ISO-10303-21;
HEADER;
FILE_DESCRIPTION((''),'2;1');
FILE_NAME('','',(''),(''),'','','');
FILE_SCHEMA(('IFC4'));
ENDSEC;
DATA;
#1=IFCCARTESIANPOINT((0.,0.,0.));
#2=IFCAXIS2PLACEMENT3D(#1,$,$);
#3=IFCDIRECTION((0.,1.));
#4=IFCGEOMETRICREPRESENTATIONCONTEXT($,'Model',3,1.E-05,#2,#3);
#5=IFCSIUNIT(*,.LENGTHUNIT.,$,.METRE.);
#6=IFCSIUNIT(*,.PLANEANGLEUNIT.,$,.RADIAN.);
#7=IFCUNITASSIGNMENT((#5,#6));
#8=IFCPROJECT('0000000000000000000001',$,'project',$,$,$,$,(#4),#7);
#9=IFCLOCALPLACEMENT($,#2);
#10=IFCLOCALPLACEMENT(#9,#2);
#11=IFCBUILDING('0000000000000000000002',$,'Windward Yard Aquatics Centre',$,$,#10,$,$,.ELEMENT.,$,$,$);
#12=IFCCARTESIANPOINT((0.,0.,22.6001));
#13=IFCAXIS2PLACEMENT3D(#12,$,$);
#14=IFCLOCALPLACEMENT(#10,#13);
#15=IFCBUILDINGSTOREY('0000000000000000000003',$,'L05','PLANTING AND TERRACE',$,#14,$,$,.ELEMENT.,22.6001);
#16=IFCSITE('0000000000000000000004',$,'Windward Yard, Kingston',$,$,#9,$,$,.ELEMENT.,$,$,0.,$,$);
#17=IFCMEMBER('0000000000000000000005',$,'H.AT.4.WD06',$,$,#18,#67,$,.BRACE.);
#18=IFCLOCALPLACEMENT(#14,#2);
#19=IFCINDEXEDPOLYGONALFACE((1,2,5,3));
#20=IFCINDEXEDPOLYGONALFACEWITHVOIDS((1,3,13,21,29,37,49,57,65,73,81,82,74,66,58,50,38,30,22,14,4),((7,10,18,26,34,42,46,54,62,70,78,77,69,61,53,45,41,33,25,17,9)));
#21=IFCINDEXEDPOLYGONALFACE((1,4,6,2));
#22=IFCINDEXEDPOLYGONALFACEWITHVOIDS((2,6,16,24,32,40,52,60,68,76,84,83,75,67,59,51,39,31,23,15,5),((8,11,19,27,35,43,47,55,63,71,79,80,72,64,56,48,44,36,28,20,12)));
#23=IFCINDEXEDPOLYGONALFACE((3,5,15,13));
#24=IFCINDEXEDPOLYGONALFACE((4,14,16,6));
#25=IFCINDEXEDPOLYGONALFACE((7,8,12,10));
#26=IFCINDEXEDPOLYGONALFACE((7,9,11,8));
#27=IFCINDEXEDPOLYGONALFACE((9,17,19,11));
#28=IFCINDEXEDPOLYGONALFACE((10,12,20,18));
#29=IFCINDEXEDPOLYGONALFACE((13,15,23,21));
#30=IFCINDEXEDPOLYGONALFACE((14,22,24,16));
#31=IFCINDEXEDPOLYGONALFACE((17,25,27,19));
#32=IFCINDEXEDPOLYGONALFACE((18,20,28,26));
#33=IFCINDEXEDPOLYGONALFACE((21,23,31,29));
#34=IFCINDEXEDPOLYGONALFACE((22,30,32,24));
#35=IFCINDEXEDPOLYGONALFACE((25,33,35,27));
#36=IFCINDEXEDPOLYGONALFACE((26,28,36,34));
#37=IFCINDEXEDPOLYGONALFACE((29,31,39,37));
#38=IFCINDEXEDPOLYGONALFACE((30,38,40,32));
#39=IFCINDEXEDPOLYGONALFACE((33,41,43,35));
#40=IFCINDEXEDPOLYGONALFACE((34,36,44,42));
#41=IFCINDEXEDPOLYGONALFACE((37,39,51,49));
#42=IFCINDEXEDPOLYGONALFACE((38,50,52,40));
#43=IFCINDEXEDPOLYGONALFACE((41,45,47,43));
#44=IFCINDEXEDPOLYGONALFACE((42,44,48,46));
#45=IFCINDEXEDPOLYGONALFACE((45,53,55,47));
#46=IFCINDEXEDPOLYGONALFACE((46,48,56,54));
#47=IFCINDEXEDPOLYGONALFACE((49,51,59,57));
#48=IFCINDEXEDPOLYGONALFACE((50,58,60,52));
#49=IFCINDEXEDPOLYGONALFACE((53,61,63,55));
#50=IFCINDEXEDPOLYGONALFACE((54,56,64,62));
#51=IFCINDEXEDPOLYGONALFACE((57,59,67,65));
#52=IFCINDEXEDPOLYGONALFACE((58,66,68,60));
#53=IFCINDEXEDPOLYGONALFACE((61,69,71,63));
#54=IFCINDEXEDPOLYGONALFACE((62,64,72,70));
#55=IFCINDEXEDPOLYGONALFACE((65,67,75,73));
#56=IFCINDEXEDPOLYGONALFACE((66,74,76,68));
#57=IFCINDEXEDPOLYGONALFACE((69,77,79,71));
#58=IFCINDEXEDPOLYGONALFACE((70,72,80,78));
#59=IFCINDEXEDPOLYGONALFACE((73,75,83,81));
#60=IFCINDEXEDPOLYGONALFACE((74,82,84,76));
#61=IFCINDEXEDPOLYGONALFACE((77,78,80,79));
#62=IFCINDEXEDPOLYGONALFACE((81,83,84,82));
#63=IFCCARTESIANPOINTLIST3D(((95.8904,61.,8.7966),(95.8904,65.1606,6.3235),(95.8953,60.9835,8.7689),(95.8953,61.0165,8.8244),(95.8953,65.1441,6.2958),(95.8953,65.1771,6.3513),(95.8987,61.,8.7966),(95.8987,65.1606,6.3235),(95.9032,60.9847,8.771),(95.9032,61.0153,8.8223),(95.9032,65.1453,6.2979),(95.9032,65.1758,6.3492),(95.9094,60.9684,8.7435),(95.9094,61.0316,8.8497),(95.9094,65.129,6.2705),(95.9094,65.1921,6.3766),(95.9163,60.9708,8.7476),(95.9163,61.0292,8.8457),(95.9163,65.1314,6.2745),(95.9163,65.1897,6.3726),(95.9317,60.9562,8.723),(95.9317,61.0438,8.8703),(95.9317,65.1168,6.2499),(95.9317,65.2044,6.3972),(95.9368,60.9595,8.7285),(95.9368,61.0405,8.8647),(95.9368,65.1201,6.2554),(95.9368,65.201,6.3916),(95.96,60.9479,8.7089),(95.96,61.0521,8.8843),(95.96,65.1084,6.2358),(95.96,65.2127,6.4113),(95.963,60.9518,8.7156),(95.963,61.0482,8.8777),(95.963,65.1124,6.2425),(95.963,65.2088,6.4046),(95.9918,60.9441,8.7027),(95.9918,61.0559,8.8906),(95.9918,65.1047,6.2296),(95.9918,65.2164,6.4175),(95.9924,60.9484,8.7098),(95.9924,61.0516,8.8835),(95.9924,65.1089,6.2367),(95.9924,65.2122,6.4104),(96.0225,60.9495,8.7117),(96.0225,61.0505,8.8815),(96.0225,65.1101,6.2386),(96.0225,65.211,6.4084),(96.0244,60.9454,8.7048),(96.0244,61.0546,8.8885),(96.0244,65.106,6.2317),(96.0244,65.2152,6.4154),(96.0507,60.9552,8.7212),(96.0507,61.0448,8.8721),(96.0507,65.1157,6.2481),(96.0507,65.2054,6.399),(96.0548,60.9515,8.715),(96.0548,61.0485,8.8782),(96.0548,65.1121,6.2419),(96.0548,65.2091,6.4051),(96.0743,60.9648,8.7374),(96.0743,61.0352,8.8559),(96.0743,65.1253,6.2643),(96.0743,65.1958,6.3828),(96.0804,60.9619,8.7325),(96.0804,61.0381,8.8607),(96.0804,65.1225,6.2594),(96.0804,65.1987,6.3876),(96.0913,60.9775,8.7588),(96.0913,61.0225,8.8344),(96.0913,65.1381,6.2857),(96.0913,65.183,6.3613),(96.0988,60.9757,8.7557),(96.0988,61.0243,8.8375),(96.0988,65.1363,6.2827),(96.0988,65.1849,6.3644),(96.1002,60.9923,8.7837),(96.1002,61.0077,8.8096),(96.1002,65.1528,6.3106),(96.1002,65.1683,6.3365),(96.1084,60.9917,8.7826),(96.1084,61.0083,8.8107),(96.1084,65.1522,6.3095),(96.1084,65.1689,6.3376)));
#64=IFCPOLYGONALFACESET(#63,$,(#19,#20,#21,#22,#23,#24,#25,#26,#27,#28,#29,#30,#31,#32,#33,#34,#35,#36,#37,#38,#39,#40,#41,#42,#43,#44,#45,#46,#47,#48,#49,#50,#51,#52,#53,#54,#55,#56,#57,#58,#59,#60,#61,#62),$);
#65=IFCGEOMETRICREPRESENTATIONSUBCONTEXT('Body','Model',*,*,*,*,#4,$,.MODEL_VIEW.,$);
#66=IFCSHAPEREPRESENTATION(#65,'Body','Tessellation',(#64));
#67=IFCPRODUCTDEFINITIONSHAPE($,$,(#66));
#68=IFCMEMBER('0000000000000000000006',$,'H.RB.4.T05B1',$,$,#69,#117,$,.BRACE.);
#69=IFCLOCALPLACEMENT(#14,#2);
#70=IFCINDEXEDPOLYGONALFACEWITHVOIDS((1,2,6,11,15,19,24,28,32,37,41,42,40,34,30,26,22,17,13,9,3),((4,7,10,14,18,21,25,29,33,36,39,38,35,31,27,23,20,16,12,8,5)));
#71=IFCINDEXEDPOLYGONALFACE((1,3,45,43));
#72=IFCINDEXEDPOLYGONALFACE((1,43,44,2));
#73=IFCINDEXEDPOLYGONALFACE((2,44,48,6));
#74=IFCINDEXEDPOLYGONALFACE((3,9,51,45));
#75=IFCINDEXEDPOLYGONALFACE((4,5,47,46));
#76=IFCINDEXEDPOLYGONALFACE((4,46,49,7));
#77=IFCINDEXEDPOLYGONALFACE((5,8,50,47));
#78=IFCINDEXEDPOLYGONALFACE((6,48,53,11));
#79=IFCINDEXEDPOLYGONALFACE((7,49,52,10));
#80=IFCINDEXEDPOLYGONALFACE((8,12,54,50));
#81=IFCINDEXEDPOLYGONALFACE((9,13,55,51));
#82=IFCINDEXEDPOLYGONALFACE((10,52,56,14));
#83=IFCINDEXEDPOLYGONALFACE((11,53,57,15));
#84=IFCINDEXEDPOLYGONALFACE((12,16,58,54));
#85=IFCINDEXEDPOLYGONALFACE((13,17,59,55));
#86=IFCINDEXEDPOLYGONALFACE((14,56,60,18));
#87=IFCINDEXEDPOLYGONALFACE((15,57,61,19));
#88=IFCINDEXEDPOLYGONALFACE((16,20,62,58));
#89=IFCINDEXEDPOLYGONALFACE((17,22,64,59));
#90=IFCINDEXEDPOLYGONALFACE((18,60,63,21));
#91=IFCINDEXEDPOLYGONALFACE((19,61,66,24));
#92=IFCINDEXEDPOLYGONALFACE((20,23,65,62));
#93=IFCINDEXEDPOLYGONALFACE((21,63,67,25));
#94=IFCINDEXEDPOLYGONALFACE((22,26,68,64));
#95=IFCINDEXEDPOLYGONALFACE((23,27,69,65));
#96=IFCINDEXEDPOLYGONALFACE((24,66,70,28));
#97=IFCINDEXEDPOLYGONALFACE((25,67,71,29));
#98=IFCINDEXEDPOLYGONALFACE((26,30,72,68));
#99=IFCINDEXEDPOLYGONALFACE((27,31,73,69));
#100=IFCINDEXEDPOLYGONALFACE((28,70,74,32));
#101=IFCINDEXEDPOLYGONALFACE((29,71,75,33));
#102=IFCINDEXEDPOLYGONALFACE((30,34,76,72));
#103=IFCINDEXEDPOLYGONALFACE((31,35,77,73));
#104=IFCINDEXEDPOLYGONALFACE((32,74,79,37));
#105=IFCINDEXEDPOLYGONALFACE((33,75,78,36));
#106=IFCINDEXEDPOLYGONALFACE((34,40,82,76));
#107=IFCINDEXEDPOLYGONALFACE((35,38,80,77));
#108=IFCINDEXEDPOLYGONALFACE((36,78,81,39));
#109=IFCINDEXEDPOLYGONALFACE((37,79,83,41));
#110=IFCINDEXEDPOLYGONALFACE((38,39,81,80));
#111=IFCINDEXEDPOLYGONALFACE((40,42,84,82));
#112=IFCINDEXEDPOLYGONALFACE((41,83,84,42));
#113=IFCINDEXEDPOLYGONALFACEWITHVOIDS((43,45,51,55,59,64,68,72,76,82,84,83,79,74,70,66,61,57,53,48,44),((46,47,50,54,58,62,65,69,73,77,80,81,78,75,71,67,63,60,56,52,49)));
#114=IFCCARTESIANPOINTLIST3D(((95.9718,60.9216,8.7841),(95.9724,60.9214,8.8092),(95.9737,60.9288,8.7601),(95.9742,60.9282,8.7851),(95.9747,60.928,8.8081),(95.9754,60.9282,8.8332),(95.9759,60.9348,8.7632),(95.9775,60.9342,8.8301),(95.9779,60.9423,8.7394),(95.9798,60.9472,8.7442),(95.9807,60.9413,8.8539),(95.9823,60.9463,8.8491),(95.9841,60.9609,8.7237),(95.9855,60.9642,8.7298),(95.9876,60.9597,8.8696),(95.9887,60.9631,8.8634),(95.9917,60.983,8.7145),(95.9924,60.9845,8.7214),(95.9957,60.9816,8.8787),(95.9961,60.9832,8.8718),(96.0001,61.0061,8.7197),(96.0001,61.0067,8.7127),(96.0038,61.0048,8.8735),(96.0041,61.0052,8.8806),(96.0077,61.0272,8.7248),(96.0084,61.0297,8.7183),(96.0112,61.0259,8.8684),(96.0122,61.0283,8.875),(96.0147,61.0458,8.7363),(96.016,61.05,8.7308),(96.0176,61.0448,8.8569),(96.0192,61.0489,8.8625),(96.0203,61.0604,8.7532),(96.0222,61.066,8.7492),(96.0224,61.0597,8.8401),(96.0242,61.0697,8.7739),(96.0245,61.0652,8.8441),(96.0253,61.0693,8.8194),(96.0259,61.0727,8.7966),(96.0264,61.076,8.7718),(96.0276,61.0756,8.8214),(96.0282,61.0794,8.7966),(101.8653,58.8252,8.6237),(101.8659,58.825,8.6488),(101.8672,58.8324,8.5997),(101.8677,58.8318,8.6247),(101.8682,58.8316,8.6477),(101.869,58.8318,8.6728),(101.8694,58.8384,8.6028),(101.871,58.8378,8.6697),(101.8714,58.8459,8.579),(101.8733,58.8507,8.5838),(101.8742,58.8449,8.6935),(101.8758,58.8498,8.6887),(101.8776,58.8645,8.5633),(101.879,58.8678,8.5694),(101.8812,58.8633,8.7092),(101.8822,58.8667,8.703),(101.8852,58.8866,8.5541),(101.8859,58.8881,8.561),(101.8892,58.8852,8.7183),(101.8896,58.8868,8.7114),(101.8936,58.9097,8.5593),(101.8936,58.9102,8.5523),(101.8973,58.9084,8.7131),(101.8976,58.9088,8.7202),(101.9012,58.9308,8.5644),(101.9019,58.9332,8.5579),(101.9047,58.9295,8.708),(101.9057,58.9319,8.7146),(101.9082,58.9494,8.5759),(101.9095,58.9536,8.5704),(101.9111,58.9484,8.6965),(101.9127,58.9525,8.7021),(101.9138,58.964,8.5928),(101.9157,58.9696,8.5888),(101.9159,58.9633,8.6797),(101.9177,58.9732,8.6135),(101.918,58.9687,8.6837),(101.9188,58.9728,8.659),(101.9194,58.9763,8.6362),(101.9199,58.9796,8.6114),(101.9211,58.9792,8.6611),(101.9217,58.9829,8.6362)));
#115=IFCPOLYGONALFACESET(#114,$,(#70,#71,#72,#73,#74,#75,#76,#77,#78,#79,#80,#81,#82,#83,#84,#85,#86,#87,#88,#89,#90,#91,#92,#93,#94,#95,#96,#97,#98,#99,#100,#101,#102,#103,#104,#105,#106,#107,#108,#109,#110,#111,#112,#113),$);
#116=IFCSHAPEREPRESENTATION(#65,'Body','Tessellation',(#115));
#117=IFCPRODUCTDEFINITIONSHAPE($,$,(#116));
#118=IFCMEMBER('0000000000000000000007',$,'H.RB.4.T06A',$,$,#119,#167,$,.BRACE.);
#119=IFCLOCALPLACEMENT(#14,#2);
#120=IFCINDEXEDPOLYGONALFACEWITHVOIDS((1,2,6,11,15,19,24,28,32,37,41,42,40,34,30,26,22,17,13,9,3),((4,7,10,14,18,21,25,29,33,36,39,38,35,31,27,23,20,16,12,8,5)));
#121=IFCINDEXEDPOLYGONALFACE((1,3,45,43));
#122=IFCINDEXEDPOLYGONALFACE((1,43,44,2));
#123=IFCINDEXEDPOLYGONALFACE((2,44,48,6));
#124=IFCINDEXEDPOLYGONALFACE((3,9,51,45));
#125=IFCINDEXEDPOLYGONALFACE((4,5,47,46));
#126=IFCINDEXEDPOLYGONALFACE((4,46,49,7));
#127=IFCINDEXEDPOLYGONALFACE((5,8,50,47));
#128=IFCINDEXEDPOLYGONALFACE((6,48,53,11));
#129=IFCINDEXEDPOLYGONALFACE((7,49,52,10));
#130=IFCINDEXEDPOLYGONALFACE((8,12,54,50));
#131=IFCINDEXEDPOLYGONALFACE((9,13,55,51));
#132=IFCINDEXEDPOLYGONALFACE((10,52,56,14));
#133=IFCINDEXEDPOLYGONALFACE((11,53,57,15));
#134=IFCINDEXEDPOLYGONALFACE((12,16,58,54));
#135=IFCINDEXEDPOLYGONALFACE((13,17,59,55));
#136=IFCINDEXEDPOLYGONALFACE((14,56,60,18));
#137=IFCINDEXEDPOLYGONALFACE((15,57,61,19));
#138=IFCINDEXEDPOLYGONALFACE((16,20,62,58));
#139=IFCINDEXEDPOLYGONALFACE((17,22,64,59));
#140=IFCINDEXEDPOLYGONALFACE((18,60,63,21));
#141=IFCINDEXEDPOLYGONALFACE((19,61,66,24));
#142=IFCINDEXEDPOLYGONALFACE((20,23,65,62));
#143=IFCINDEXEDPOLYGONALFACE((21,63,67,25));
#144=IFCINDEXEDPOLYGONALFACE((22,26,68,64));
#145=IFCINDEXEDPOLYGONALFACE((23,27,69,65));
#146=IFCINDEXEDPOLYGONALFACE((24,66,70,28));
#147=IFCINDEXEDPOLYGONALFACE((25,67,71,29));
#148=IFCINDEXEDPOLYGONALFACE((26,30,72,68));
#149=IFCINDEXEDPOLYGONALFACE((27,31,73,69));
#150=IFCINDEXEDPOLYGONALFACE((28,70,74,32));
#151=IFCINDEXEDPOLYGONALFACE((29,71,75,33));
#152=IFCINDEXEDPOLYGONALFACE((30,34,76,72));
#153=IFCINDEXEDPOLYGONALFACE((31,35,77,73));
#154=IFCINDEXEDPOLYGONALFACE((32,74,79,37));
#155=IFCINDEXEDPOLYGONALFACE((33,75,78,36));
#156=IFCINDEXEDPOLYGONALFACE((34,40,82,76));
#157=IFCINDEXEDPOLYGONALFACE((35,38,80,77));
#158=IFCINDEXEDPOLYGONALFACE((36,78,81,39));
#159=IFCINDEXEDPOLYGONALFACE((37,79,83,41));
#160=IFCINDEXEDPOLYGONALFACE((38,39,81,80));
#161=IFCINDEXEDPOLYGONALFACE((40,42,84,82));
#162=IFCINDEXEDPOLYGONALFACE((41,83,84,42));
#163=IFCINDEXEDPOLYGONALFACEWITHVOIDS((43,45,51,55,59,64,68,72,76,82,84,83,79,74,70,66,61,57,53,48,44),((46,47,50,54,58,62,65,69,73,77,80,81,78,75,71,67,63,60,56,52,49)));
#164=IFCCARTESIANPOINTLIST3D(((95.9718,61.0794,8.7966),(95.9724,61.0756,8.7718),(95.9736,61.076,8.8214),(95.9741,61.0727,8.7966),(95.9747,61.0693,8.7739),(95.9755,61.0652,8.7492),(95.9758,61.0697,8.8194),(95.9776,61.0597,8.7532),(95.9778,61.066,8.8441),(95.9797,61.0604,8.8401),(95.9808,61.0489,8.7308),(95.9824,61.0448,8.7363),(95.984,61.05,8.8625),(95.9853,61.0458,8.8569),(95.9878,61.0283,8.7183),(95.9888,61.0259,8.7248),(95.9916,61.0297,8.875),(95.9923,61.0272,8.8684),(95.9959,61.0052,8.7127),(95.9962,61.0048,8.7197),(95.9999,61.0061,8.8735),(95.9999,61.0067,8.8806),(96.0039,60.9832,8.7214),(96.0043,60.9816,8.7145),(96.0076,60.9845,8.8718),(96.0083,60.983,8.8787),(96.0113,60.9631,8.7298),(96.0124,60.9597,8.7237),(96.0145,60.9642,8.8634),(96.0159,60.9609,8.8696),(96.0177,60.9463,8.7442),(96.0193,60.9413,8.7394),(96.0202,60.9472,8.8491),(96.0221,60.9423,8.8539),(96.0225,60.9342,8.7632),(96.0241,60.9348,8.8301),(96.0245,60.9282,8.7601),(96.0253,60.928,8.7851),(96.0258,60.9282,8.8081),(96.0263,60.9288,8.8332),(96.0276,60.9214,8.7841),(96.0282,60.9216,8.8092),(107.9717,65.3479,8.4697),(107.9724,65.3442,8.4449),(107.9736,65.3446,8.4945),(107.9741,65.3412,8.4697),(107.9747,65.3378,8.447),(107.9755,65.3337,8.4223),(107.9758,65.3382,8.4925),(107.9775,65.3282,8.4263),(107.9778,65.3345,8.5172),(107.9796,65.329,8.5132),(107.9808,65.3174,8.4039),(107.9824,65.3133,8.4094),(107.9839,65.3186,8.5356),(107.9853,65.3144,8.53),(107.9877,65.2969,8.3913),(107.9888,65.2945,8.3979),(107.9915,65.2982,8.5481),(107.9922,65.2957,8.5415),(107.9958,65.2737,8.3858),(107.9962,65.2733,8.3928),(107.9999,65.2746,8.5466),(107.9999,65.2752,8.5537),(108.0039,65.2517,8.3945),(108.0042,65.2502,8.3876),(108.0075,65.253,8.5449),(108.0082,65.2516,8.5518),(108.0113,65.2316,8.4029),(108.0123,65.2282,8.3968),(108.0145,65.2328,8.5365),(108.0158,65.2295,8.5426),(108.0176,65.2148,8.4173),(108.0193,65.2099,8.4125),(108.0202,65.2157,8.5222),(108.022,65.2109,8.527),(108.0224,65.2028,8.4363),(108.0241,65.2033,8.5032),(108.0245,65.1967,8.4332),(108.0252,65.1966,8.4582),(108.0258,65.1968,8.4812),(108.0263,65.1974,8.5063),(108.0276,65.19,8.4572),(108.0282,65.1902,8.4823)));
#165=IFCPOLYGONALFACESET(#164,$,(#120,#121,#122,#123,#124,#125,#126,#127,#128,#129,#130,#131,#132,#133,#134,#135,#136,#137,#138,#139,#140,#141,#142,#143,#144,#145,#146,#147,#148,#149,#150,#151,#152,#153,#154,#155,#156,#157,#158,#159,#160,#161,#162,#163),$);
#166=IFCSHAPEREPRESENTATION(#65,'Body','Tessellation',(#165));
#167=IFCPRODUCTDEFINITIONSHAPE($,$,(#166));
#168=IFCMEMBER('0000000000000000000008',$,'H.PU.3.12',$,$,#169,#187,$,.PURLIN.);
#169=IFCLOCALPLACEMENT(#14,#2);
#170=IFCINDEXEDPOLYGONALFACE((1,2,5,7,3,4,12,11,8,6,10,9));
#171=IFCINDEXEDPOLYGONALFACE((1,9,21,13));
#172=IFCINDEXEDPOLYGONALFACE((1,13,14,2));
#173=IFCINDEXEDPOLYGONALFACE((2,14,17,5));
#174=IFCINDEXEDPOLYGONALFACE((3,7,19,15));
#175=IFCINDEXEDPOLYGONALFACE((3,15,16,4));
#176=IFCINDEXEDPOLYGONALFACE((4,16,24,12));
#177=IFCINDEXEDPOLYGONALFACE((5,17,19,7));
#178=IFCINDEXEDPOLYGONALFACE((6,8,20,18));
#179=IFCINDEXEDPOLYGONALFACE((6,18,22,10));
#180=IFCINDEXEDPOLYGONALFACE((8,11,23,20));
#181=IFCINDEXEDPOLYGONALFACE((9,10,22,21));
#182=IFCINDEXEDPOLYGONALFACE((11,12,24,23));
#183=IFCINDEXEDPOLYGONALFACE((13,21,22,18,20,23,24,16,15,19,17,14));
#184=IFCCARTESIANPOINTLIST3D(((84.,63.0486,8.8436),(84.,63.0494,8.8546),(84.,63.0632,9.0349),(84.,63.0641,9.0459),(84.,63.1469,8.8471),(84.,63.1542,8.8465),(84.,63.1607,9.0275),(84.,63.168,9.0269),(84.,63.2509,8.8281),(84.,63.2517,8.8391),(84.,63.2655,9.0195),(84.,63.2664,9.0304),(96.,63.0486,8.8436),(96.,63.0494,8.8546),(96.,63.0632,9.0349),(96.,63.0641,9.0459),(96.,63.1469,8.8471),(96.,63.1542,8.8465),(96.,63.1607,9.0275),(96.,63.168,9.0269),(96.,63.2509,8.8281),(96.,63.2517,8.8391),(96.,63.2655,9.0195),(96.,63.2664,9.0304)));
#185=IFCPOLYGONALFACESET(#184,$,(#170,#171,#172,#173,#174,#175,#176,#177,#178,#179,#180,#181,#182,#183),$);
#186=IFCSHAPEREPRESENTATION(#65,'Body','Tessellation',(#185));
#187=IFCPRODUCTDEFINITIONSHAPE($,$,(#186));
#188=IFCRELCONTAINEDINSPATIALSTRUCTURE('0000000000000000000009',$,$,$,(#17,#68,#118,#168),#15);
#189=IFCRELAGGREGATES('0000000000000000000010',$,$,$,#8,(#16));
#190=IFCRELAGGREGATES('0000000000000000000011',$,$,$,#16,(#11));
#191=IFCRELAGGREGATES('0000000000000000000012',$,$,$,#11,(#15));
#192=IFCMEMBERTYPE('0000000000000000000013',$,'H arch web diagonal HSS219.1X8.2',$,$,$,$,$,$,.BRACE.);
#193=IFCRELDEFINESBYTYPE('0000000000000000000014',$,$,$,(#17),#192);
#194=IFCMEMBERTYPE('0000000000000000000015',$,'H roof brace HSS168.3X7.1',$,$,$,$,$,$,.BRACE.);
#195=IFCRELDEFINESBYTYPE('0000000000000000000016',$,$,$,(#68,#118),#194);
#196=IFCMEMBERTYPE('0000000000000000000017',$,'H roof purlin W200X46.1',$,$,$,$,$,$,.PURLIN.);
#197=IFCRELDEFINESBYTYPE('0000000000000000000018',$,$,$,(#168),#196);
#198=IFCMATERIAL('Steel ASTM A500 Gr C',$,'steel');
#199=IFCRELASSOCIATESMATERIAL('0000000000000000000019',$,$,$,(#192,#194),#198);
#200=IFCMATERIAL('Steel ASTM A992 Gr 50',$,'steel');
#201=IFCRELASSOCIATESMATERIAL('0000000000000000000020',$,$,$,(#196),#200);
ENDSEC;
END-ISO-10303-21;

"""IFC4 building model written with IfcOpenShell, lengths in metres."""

from ifc_helpers import new_model, si_unit, direction, frame, origin, origin_2d, place, context, subcontext, project, spatial, hollow_circle, i_section, extrude, material, material_profile, profile_set, type_object, element, save


model = new_model("IFC4")

# Units and contexts
model_context = context("Model", 3, precision=1e-05, world=origin(), true_north=direction((0.0, 1.0)))
body_context = subcontext(model_context, "Body", "Model", "MODEL_VIEW")
ifc_project = project(units=[si_unit("LENGTHUNIT", "METRE"), si_unit("PLANEANGLEUNIT", "RADIAN")], contexts=[model_context])

# Site, building, storey
site_placement = place(None, origin())
site = spatial("IfcSite", under=ifc_project, at=site_placement, Name="Windward Yard, Kingston", CompositionType="ELEMENT", RefElevation=0.0)
building_placement = place(site_placement, origin())
building = spatial("IfcBuilding", under=site, at=building_placement, Name="Windward Yard Aquatics Centre", CompositionType="ELEMENT")
storey_placement = place(building_placement, frame((0.0, 0.0, 22.6001)))
storey = spatial("IfcBuildingStorey", under=building, at=storey_placement, Name="L05", Description="PLANTING AND TERRACE", CompositionType="ELEMENT", Elevation=22.6001)

# Members
ifc_material_1 = material(Name="Steel ASTM A500 Gr C", Category="steel")
ifc_material_profile_1 = material_profile(ifc_material_1, hollow_circle(Radius=0.1096, WallThickness=0.0083, at=origin_2d()), Name="HSS219.1X8.2")
ifc_profile_set_1 = profile_set([ifc_material_profile_1], Name="Steel ASTM A500 Gr C")
member_type_1 = type_object("IfcMemberType", Name="H arch web diagonal HSS219.1X8.2", PredefinedType="BRACE", material=ifc_profile_set_1)
for number, where, z_axis, x_axis, name in (
    (1, (96.0, 61.0, 8.7966), (0.0, 0.859604, -0.510961), (-1.0, 0.0, 0.0), "H.AT.4.WD06"),
):
    element("IfcMember", number, at=place(storey_placement, frame(where, z_axis=z_axis, x_axis=x_axis)), inside=storey, type_object=member_type_1, Name=name, PredefinedType="BRACE", context=body_context, shape_type="SweptSolid", body=[
        extrude(hollow_circle(Radius=0.1096, WallThickness=0.0083, at=origin_2d()), origin(), (0.0, 0.0, 1.0), 4.8401),
    ])
ifc_material_profile_2 = material_profile(ifc_material_1, hollow_circle(Radius=0.0842, WallThickness=0.0071, at=origin_2d()), Name="HSS168.3X7.1")
ifc_profile_set_2 = profile_set([ifc_material_profile_2], Name="Steel ASTM A500 Gr C")
member_type_2 = type_object("IfcMemberType", Name="H roof brace HSS168.3X7.1", PredefinedType="BRACE", material=ifc_profile_set_2)
member_1_placement = place(storey_placement, frame((96.0, 61.0, 8.7966), z_axis=(0.941857, -0.335034, -0.025634), x_axis=(0.335144, 0.942167, 0.0)))
element("IfcMember", 2, at=member_1_placement, inside=storey, type_object=member_type_2, Name="H.RB.4.T05B1", PredefinedType="BRACE", context=body_context, shape_type="SweptSolid", body=[
    extrude(hollow_circle(Radius=0.0842, WallThickness=0.0071, at=origin_2d()), origin(), (0.0, 0.0, 1.0), 6.2573),
])
member_2_placement = place(storey_placement, frame((96.0, 61.0, 8.7966), z_axis=(0.941858, 0.335031, -0.025658), x_axis=(-0.335141, 0.942168, 0.0)))
element("IfcMember", 3, at=member_2_placement, inside=storey, type_object=member_type_2, Name="H.RB.4.T06A", PredefinedType="BRACE", context=body_context, shape_type="SweptSolid", body=[
    extrude(hollow_circle(Radius=0.0842, WallThickness=0.0071, at=origin_2d()), origin(), (0.0, 0.0, 1.0), 12.7407),
])
ifc_material_2 = material(Name="Steel ASTM A992 Gr 50", Category="steel")
ifc_material_profile_3 = material_profile(ifc_material_2, i_section(OverallWidth=0.2029, OverallDepth=0.2029, WebThickness=0.0073, FlangeThickness=0.011, at=origin_2d()), Name="W200X46.1")
ifc_profile_set_3 = profile_set([ifc_material_profile_3], Name="Steel ASTM A992 Gr 50")
member_type_3 = type_object("IfcMemberType", Name="H roof purlin W200X46.1", PredefinedType="PURLIN", material=ifc_profile_set_3)
for number, where, z_axis, x_axis, name in (
    (4, (84.0, 63.1575, 8.937), (1.0, 0.0, 0.0), (0.0, 0.997081, -0.076354), "H.PU.3.12"),
):
    element("IfcMember", number, at=place(storey_placement, frame(where, z_axis=z_axis, x_axis=x_axis)), inside=storey, type_object=member_type_3, Name=name, PredefinedType="PURLIN", context=body_context, shape_type="SweptSolid", body=[
        extrude(i_section(OverallWidth=0.2029, OverallDepth=0.2029, WebThickness=0.0073, FlangeThickness=0.011, at=origin_2d()), origin(), (0.0, 0.0, 1.0), 12.0),
    ])

save(model, "model.ifc")
